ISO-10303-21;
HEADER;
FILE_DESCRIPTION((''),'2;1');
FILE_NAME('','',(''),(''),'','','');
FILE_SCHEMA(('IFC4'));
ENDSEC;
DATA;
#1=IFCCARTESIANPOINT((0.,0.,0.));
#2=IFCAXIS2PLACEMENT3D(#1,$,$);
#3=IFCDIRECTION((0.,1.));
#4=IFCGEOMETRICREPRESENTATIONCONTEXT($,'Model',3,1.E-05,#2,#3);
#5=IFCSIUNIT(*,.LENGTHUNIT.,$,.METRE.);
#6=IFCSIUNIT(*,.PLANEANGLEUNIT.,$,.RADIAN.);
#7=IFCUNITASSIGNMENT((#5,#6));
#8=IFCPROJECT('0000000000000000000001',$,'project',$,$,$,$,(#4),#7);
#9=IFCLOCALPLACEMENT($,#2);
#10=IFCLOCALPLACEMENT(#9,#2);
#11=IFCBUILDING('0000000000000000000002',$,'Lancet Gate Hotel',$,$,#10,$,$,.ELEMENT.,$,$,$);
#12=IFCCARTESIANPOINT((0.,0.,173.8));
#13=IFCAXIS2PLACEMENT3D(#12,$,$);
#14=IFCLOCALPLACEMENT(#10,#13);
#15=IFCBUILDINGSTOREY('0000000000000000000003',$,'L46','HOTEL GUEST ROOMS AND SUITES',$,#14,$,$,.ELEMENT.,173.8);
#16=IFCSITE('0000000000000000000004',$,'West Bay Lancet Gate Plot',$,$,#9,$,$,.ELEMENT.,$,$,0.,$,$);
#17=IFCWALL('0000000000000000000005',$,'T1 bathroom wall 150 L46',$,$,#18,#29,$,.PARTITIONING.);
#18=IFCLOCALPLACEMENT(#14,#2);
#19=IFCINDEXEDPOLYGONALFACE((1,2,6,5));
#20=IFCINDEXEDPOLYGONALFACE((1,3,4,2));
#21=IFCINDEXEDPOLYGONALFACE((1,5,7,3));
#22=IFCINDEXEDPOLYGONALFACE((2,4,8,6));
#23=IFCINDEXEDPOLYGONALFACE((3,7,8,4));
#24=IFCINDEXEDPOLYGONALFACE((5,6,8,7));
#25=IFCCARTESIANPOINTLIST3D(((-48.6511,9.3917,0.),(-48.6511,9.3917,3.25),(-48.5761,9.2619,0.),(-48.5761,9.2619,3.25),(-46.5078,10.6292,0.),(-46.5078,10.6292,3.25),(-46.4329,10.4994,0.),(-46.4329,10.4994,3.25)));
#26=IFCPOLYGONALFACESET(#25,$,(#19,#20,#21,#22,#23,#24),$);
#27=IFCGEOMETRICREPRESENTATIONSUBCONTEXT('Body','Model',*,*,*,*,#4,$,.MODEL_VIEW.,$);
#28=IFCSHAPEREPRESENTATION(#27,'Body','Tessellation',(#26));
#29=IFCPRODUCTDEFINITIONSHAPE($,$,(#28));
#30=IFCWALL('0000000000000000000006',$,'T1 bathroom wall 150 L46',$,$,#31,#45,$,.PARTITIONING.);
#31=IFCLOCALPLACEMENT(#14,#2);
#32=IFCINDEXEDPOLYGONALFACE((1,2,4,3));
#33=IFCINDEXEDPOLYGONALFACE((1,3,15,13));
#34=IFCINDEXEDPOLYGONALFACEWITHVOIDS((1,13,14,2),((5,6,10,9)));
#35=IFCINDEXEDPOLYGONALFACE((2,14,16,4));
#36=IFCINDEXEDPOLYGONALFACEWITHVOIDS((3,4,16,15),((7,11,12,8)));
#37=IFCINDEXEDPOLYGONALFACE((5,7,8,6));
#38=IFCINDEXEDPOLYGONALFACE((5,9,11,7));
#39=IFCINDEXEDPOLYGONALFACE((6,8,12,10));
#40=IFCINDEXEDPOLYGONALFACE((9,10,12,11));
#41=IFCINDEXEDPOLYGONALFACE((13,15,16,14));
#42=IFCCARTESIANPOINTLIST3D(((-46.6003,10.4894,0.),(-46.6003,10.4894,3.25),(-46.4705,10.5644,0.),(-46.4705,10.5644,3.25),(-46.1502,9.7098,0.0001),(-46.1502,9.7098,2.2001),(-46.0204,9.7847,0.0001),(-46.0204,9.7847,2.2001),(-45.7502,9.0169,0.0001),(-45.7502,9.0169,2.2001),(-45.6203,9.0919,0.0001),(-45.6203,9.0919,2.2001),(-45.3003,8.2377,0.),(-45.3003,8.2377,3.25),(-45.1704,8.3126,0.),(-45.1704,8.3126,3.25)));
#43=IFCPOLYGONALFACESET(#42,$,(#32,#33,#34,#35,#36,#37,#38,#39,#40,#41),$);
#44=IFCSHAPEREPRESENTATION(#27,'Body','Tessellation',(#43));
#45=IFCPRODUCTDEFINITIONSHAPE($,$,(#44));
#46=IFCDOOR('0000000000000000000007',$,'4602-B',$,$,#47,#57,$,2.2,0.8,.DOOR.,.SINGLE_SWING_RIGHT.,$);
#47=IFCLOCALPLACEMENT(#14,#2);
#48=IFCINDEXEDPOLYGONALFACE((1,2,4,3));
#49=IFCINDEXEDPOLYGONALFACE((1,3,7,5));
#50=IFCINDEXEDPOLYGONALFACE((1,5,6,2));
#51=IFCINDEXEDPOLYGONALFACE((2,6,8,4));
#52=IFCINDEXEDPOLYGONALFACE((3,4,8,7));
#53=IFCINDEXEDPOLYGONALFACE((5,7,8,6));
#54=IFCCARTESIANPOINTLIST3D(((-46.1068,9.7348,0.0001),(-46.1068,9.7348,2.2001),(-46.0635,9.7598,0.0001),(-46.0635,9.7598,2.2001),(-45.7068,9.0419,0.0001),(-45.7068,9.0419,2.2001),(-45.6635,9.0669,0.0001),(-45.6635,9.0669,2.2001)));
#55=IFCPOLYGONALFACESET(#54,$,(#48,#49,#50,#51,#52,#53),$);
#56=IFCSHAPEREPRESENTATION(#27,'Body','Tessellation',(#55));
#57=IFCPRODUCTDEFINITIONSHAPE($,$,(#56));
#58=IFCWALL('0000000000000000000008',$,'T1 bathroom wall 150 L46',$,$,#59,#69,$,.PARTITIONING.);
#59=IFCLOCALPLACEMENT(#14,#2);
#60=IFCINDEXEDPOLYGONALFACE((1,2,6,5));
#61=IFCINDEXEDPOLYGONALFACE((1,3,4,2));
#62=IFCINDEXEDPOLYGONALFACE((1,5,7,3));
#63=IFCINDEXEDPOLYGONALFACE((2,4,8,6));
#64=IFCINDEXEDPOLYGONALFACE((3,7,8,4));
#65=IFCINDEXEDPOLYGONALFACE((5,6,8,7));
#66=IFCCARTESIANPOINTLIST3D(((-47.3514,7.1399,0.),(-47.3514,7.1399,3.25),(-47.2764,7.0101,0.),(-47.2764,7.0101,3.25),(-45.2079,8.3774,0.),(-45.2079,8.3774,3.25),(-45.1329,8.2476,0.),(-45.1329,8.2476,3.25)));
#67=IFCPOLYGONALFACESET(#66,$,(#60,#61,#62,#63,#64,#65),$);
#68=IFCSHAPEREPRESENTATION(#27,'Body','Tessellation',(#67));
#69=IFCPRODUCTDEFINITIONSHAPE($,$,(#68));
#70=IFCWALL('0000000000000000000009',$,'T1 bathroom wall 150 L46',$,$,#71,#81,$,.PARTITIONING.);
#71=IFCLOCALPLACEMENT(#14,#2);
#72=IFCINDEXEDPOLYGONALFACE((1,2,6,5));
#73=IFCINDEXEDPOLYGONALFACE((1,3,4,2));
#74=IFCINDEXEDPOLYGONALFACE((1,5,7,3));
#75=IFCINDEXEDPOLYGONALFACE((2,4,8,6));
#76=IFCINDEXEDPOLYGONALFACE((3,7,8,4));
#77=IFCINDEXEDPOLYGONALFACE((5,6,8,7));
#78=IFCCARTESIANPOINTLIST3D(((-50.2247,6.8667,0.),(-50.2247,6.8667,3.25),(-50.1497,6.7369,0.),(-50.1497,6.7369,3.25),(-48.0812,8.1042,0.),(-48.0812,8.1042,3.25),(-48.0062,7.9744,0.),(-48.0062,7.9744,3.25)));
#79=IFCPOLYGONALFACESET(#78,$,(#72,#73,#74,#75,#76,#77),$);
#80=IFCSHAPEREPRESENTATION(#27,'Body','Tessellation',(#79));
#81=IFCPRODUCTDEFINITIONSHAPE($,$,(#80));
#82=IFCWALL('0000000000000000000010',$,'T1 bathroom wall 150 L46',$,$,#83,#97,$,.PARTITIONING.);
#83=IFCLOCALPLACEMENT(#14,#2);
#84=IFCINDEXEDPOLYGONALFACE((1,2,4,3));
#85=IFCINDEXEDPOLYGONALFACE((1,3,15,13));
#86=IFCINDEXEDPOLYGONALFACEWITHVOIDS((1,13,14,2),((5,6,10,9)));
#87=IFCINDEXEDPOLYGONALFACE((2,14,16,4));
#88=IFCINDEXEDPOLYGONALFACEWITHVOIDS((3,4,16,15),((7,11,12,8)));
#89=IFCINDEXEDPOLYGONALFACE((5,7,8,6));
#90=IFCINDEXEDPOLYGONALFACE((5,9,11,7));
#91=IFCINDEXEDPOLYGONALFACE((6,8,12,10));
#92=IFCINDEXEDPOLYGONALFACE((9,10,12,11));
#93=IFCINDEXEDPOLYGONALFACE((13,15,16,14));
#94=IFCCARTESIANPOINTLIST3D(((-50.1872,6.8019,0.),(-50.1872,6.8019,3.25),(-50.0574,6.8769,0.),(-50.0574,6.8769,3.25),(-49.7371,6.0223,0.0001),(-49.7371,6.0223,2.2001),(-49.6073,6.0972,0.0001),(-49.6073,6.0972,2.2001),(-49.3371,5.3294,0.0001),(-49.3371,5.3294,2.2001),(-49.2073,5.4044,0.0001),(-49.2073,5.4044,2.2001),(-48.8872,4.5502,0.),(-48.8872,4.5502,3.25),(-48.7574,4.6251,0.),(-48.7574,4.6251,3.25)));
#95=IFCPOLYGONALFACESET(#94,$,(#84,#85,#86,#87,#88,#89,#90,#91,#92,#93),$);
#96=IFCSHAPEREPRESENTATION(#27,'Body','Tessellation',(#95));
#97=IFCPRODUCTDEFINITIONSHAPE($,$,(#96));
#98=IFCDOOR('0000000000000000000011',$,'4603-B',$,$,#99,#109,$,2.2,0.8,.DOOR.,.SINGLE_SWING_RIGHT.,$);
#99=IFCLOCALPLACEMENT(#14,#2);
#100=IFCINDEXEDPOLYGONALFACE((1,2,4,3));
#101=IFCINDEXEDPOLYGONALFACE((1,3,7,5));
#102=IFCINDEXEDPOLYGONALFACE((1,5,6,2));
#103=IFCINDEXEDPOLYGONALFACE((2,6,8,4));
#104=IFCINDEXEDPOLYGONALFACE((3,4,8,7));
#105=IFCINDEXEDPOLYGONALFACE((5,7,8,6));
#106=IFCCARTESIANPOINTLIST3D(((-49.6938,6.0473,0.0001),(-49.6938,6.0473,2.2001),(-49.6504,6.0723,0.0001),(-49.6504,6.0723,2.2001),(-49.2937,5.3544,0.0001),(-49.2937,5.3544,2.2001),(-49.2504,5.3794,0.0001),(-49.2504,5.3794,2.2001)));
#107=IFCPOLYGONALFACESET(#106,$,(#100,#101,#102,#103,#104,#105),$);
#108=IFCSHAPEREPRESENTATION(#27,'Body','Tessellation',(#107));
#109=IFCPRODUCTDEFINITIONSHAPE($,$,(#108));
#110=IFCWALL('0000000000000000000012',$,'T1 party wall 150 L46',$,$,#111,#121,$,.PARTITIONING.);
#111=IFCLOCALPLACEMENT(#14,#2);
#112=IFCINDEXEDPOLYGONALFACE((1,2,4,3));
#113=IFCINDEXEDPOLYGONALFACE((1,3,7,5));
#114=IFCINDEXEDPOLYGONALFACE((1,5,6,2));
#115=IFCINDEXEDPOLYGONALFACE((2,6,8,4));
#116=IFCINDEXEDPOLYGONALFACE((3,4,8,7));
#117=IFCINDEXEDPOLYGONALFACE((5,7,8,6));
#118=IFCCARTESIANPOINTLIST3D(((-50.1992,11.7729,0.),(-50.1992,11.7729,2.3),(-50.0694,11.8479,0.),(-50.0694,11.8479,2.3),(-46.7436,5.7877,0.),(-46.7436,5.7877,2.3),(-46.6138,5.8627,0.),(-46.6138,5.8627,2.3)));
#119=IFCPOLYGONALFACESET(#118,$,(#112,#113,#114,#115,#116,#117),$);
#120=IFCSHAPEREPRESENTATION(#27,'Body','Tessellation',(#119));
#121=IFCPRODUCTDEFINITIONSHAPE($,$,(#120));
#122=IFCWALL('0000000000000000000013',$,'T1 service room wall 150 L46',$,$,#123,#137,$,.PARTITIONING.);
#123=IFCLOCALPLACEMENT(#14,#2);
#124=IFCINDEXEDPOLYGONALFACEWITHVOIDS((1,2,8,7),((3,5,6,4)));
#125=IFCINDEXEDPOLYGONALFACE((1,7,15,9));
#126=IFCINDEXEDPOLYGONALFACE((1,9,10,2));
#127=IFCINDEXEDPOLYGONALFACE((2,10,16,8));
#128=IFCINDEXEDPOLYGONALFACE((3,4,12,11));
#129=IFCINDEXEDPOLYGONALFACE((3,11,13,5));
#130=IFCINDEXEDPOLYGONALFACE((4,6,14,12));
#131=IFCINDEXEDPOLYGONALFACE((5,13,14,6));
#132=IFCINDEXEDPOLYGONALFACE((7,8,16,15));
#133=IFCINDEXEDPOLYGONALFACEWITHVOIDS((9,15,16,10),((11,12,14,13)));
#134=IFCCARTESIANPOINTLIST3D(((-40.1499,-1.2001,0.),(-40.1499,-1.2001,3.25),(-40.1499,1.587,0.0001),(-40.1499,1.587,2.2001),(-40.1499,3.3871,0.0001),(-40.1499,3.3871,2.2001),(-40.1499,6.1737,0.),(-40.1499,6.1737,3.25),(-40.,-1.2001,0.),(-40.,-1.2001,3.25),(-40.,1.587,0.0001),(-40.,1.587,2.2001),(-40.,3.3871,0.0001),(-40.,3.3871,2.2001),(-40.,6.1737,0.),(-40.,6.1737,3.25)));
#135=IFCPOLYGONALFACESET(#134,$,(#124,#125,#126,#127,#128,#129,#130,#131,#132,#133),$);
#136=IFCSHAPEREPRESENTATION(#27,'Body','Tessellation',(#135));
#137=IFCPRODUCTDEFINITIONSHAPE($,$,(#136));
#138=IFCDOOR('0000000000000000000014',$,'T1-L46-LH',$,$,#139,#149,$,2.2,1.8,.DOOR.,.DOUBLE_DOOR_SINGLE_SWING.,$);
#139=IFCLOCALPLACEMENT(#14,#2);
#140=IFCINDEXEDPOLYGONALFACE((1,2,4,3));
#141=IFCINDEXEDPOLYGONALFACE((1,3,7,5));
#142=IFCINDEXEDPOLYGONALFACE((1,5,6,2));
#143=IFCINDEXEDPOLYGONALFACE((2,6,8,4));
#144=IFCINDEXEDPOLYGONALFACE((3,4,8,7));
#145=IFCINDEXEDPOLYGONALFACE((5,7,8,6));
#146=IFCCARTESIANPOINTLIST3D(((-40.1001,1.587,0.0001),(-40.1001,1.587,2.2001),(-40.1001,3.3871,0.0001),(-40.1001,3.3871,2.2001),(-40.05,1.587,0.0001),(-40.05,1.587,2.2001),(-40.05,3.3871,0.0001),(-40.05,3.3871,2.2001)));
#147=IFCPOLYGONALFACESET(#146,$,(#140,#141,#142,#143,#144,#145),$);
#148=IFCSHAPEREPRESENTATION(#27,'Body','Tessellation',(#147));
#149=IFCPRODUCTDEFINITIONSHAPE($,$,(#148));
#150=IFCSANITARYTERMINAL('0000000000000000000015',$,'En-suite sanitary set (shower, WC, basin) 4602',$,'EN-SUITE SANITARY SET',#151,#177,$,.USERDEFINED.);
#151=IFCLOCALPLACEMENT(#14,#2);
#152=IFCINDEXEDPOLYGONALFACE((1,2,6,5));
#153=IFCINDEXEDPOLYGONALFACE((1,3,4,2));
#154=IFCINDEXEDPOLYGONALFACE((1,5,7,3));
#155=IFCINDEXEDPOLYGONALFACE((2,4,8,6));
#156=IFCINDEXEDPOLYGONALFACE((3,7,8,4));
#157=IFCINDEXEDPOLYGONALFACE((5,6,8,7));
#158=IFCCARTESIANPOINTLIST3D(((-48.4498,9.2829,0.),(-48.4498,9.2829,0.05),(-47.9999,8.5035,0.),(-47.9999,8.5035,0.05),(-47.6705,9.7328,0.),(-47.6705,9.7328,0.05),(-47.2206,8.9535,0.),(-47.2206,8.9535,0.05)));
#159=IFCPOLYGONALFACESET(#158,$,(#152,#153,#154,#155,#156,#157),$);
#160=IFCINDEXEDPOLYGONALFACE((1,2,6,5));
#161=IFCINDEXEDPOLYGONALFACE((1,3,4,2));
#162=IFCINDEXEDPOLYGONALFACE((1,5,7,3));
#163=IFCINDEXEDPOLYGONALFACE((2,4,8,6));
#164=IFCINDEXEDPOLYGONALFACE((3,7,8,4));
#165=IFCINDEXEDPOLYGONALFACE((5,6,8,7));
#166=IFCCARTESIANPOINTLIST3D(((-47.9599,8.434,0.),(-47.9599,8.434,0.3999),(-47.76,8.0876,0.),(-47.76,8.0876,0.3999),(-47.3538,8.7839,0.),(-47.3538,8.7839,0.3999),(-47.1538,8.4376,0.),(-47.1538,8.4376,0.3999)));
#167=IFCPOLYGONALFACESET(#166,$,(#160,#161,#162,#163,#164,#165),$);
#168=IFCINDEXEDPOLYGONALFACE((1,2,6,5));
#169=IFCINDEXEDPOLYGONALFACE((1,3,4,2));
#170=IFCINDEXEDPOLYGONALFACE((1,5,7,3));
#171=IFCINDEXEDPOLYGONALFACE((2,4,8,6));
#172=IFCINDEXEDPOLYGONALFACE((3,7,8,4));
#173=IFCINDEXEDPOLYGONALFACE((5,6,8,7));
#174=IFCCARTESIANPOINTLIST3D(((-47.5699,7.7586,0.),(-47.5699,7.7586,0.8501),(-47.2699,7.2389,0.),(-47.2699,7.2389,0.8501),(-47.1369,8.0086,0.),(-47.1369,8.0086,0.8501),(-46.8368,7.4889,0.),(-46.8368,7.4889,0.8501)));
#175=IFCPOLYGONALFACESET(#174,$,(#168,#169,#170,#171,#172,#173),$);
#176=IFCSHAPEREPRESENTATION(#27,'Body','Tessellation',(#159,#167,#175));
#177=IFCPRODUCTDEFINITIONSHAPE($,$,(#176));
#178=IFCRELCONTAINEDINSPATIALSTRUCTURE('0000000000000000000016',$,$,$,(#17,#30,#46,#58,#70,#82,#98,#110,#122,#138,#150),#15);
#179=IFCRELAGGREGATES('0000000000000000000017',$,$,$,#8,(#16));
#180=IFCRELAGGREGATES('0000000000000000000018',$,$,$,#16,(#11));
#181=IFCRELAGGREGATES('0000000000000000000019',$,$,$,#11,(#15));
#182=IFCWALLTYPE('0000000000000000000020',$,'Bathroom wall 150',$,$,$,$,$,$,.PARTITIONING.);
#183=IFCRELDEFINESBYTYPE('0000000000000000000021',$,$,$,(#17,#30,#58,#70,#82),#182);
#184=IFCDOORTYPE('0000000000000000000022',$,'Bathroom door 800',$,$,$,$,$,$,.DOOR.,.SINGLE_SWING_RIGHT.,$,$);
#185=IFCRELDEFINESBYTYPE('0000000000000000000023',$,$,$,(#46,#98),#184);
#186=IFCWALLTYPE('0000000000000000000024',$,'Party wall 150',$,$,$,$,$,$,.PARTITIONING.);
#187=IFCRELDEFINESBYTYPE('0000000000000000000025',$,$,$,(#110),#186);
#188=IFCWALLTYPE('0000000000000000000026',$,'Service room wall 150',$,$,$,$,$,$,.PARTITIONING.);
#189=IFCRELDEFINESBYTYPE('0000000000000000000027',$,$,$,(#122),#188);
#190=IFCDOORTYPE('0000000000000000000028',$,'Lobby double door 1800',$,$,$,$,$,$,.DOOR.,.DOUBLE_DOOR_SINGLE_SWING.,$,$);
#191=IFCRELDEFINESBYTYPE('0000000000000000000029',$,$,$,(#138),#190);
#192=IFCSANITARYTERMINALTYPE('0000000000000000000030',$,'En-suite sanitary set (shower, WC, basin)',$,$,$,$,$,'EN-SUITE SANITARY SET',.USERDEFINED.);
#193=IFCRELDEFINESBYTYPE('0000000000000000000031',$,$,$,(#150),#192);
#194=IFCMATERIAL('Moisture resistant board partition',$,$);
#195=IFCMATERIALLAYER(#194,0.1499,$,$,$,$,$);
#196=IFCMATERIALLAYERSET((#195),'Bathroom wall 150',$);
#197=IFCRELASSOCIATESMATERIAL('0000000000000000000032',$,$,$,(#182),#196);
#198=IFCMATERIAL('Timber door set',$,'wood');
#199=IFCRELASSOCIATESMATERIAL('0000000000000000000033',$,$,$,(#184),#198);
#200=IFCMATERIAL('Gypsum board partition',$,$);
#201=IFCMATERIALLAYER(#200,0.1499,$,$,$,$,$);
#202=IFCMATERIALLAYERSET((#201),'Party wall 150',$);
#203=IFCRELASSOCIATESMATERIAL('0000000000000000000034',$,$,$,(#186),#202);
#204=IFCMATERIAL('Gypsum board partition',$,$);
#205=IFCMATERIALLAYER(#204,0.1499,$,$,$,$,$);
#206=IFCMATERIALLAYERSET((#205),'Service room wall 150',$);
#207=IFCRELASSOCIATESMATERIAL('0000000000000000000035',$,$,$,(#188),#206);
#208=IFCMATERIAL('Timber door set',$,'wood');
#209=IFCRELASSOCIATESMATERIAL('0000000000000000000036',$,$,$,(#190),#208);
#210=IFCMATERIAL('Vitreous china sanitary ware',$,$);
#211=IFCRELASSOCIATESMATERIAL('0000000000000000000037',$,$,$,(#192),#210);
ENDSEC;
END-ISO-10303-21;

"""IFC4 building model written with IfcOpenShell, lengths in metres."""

from ifc_helpers import new_model, si_unit, direction, frame, frame_2d, origin, origin_2d, place, context, subcontext, project, spatial, rectangle, extrude, material, layer, layer_set, type_object, element, fill, save


model = new_model("IFC4")

# Units and contexts
model_context = context("Model", 3, precision=1e-05, world=origin(), true_north=direction((0.0, 1.0)))
body_context = subcontext(model_context, "Body", "Model", "MODEL_VIEW")
ifc_project = project(units=[si_unit("LENGTHUNIT", "METRE"), si_unit("PLANEANGLEUNIT", "RADIAN")], contexts=[model_context])

# Site, building, storey
site_placement = place(None, origin())
site = spatial("IfcSite", under=ifc_project, at=site_placement, Name="West Bay Lancet Gate Plot", CompositionType="ELEMENT", RefElevation=0.0)
building_placement = place(site_placement, origin())
building = spatial("IfcBuilding", under=site, at=building_placement, Name="Lancet Gate Hotel", CompositionType="ELEMENT")
storey_placement = place(building_placement, frame((0.0, 0.0, 173.8)))
storey = spatial("IfcBuildingStorey", under=building, at=storey_placement, Name="L46", Description="HOTEL GUEST ROOMS AND SUITES", CompositionType="ELEMENT", Elevation=173.8)

# Wall
ifc_material_1 = material(Name="Moisture resistant board partition")
ifc_layer_1 = layer(ifc_material_1, 0.1499)
ifc_layer_set_1 = layer_set([ifc_layer_1], Name="Bathroom wall 150")
wall_type_1 = type_object("IfcWallType", Name="Bathroom wall 150", PredefinedType="PARTITIONING", material=ifc_layer_set_1)
wall_1_placement = place(storey_placement, frame((-46.4705, 10.5642, 0.0), z_axis=(0.0, 0.0, 1.0), x_axis=(-0.866007, -0.500033, 0.0)))
element("IfcWall", 1, at=wall_1_placement, inside=storey, type_object=wall_type_1, Name="T1 bathroom wall 150 L46", PredefinedType="PARTITIONING", context=body_context, shape_type="SweptSolid", body=[
    extrude(rectangle(XDim=2.4749, YDim=0.1499, at=frame_2d((1.2373, 0.0))), origin(), (0.0, 0.0, 1.0), 3.25),
])

# Wall, opening, door
wall_2_placement = place(storey_placement, frame((-45.2354, 8.2751, 0.0), z_axis=(0.0, 0.0, 1.0), x_axis=(-0.500007, 0.866021, 0.0)))
wall_2 = element("IfcWall", 2, at=wall_2_placement, inside=storey, type_object=wall_type_1, Name="T1 bathroom wall 150 L46", PredefinedType="PARTITIONING", context=body_context, shape_type="SweptSolid", body=[
    extrude(rectangle(XDim=2.6001, YDim=0.1499, at=frame_2d((1.3, 0.0))), origin(), (0.0, 0.0, 1.0), 3.25),
])
opening_1_placement = place(wall_2_placement, frame((0.8999, 0.0, 0.0)))
opening_1 = element("IfcOpeningElement", 3, at=opening_1_placement, cuts=wall_2, PredefinedType="OPENING", context=body_context, shape_type="SweptSolid", body=[
    extrude(rectangle(XDim=0.8, YDim=2.2, at=frame_2d((0.3999, 1.1001))), frame((0.0, 0.085, 0.0), z_axis=(0.0, -1.0, 0.0), x_axis=(1.0, 0.0, 0.0)), (0.0, 0.0, 1.0), 0.1699),
])
ifc_material_2 = material(Name="Timber door set", Category="wood")
door_type_1 = type_object("IfcDoorType", Name="Bathroom door 800", OperationType="SINGLE_SWING_RIGHT", PredefinedType="DOOR", material=ifc_material_2)
door_1_placement = place(opening_1_placement, origin())
door_1 = element("IfcDoor", 4, at=door_1_placement, inside=storey, type_object=door_type_1, Name="4602-B", OperationType="SINGLE_SWING_RIGHT", OverallHeight=2.2, OverallWidth=0.8, PredefinedType="DOOR", context=body_context, shape_type="SweptSolid", body=[
    extrude(rectangle(XDim=0.8, YDim=2.2, at=frame_2d((0.3999, 1.1001))), frame((0.0, 0.0249, 0.0), z_axis=(0.0, -1.0, 0.0), x_axis=(1.0, 0.0, 0.0)), (0.0, 0.0, 1.0), 0.05),
])
fill(opening_1, door_1)

# Walls
for number, where, z_axis, x_axis, name in (
    (5, (-45.1704, 8.3125, 0.0), (0.0, 0.0, 1.0), (-0.866031, -0.49999, 0.0), "T1 bathroom wall 150 L46"),
    (6, (-48.0437, 8.0393, 0.0), (0.0, 0.0, 1.0), (-0.866031, -0.49999, 0.0), "T1 bathroom wall 150 L46"),
):
    element("IfcWall", number, at=place(storey_placement, frame(where, z_axis=z_axis, x_axis=x_axis)), inside=storey, type_object=wall_type_1, Name=name, PredefinedType="PARTITIONING", context=body_context, shape_type="SweptSolid", body=[
        extrude(rectangle(XDim=2.4751, YDim=0.1499, at=frame_2d((1.2375, 0.0))), origin(), (0.0, 0.0, 1.0), 3.25),
    ])

# Wall, opening, door
wall_3_placement = place(storey_placement, frame((-48.8223, 4.5876, 0.0), z_axis=(0.0, 0.0, 1.0), x_axis=(-0.500007, 0.866021, 0.0)))
wall_3 = element("IfcWall", 7, at=wall_3_placement, inside=storey, type_object=wall_type_1, Name="T1 bathroom wall 150 L46", PredefinedType="PARTITIONING", context=body_context, shape_type="SweptSolid", body=[
    extrude(rectangle(XDim=2.6001, YDim=0.1499, at=frame_2d((1.3, 0.0))), origin(), (0.0, 0.0, 1.0), 3.25),
])
opening_2_placement = place(wall_3_placement, frame((0.8999, 0.0, 0.0)))
opening_2 = element("IfcOpeningElement", 8, at=opening_2_placement, cuts=wall_3, PredefinedType="OPENING", context=body_context, shape_type="SweptSolid", body=[
    extrude(rectangle(XDim=0.8, YDim=2.2, at=frame_2d((0.3999, 1.1001))), frame((0.0, 0.085, 0.0), z_axis=(0.0, -1.0, 0.0), x_axis=(1.0, 0.0, 0.0)), (0.0, 0.0, 1.0), 0.1699),
])
door_2_placement = place(opening_2_placement, origin())
door_2 = element("IfcDoor", 9, at=door_2_placement, inside=storey, type_object=door_type_1, Name="4603-B", OperationType="SINGLE_SWING_RIGHT", OverallHeight=2.2, OverallWidth=0.8, PredefinedType="DOOR", context=body_context, shape_type="SweptSolid", body=[
    extrude(rectangle(XDim=0.8, YDim=2.2, at=frame_2d((0.3999, 1.1001))), frame((0.0, 0.0249, 0.0), z_axis=(0.0, -1.0, 0.0), x_axis=(1.0, 0.0, 0.0)), (0.0, 0.0, 1.0), 0.05),
])
fill(opening_2, door_2)

# Wall
ifc_material_3 = material(Name="Gypsum board partition")
ifc_layer_2 = layer(ifc_material_3, 0.1499)
ifc_layer_set_2 = layer_set([ifc_layer_2], Name="Party wall 150")
wall_type_2 = type_object("IfcWallType", Name="Party wall 150", PredefinedType="PARTITIONING", material=ifc_layer_set_2)
wall_4_placement = place(storey_placement, frame((-46.6787, 5.8252, 0.0), z_axis=(0.0, 0.0, 1.0), x_axis=(-0.500007, 0.866021, 0.0)))
element("IfcWall", 10, at=wall_4_placement, inside=storey, type_object=wall_type_2, Name="T1 party wall 150 L46", PredefinedType="PARTITIONING", context=body_context, shape_type="SweptSolid", body=[
    extrude(rectangle(XDim=6.9111, YDim=0.1499, at=frame_2d((3.4556, 0.0))), origin(), (0.0, 0.0, 1.0), 2.3),
])

# Wall, opening, door
ifc_material_4 = material(Name="Gypsum board partition")
ifc_layer_3 = layer(ifc_material_4, 0.1499)
ifc_layer_set_3 = layer_set([ifc_layer_3], Name="Service room wall 150")
wall_type_3 = type_object("IfcWallType", Name="Service room wall 150", PredefinedType="PARTITIONING", material=ifc_layer_set_3)
wall_5_placement = place(storey_placement, frame((-40.075, 6.1738, 0.0), z_axis=(0.0, 0.0, 1.0), x_axis=(0.0, -1.0, 0.0)))
wall_5 = element("IfcWall", 11, at=wall_5_placement, inside=storey, type_object=wall_type_3, Name="T1 service room wall 150 L46", PredefinedType="PARTITIONING", context=body_context, shape_type="SweptSolid", body=[
    extrude(rectangle(XDim=7.3738, YDim=0.1499, at=frame_2d((3.687, 0.0))), origin(), (0.0, 0.0, 1.0), 3.25),
])
opening_3_placement = place(wall_5_placement, frame((2.7869, 0.0, 0.0)))
opening_3 = element("IfcOpeningElement", 12, at=opening_3_placement, cuts=wall_5, PredefinedType="OPENING", context=body_context, shape_type="SweptSolid", body=[
    extrude(rectangle(XDim=1.8, YDim=2.2, at=frame_2d((0.8999, 1.1001))), frame((0.0, 0.085, 0.0), z_axis=(0.0, -1.0, 0.0), x_axis=(1.0, 0.0, 0.0)), (0.0, 0.0, 1.0), 0.1699),
])
ifc_material_5 = material(Name="Timber door set", Category="wood")
door_type_2 = type_object("IfcDoorType", Name="Lobby double door 1800", OperationType="DOUBLE_DOOR_SINGLE_SWING", PredefinedType="DOOR", material=ifc_material_5)
door_3_placement = place(opening_3_placement, origin())
door_3 = element("IfcDoor", 13, at=door_3_placement, inside=storey, type_object=door_type_2, Name="T1-L46-LH", OperationType="DOUBLE_DOOR_SINGLE_SWING", OverallHeight=2.2, OverallWidth=1.8, PredefinedType="DOOR", context=body_context, shape_type="SweptSolid", body=[
    extrude(rectangle(XDim=1.8, YDim=2.2, at=frame_2d((0.8999, 1.1001))), frame((0.0, 0.0249, 0.0), z_axis=(0.0, -1.0, 0.0), x_axis=(1.0, 0.0, 0.0)), (0.0, 0.0, 1.0), 0.05),
])
fill(opening_3, door_3)

# Sanitary terminal
ifc_material_6 = material(Name="Vitreous china sanitary ware")
sanitary_terminal_type = type_object("IfcSanitaryTerminalType", Name="En-suite sanitary set (shower, WC, basin)", ElementType="EN-SUITE SANITARY SET", PredefinedType="USERDEFINED", material=ifc_material_6)
sanitary_terminal_1_placement = place(storey_placement, frame((-47.8352, 9.1182, 0.0), z_axis=(0.0, 0.0, 1.0), x_axis=(1.0, 0.0, 0.0)))
element("IfcSanitaryTerminal", 14, at=sanitary_terminal_1_placement, inside=storey, type_object=sanitary_terminal_type, Name="En-suite sanitary set (shower, WC, basin) 4602", ObjectType="EN-SUITE SANITARY SET", PredefinedType="USERDEFINED", context=body_context, shape_type="SweptSolid", body=[
    extrude(rectangle(XDim=0.8999, YDim=0.8999, at=origin_2d()), frame((0.0, 0.0, 0.0), z_axis=(0.0, 0.0, 1.0), x_axis=(-0.5, 0.866025, 0.0)), (0.0, 0.0, 1.0), 0.05),
    extrude(rectangle(XDim=0.3999, YDim=0.7, at=origin_2d()), frame((0.2783, -0.6824, 0.0), z_axis=(0.0, 0.0, 1.0), x_axis=(-0.5, 0.866025, 0.0)), (0.0, 0.0, 1.0), 0.3999),
    extrude(rectangle(XDim=0.6001, YDim=0.5, at=origin_2d()), frame((0.6318, -1.4944, 0.0), z_axis=(0.0, 0.0, 1.0), x_axis=(-0.5, 0.866025, 0.0)), (0.0, 0.0, 1.0), 0.8501),
])

save(model, "model.ifc")
